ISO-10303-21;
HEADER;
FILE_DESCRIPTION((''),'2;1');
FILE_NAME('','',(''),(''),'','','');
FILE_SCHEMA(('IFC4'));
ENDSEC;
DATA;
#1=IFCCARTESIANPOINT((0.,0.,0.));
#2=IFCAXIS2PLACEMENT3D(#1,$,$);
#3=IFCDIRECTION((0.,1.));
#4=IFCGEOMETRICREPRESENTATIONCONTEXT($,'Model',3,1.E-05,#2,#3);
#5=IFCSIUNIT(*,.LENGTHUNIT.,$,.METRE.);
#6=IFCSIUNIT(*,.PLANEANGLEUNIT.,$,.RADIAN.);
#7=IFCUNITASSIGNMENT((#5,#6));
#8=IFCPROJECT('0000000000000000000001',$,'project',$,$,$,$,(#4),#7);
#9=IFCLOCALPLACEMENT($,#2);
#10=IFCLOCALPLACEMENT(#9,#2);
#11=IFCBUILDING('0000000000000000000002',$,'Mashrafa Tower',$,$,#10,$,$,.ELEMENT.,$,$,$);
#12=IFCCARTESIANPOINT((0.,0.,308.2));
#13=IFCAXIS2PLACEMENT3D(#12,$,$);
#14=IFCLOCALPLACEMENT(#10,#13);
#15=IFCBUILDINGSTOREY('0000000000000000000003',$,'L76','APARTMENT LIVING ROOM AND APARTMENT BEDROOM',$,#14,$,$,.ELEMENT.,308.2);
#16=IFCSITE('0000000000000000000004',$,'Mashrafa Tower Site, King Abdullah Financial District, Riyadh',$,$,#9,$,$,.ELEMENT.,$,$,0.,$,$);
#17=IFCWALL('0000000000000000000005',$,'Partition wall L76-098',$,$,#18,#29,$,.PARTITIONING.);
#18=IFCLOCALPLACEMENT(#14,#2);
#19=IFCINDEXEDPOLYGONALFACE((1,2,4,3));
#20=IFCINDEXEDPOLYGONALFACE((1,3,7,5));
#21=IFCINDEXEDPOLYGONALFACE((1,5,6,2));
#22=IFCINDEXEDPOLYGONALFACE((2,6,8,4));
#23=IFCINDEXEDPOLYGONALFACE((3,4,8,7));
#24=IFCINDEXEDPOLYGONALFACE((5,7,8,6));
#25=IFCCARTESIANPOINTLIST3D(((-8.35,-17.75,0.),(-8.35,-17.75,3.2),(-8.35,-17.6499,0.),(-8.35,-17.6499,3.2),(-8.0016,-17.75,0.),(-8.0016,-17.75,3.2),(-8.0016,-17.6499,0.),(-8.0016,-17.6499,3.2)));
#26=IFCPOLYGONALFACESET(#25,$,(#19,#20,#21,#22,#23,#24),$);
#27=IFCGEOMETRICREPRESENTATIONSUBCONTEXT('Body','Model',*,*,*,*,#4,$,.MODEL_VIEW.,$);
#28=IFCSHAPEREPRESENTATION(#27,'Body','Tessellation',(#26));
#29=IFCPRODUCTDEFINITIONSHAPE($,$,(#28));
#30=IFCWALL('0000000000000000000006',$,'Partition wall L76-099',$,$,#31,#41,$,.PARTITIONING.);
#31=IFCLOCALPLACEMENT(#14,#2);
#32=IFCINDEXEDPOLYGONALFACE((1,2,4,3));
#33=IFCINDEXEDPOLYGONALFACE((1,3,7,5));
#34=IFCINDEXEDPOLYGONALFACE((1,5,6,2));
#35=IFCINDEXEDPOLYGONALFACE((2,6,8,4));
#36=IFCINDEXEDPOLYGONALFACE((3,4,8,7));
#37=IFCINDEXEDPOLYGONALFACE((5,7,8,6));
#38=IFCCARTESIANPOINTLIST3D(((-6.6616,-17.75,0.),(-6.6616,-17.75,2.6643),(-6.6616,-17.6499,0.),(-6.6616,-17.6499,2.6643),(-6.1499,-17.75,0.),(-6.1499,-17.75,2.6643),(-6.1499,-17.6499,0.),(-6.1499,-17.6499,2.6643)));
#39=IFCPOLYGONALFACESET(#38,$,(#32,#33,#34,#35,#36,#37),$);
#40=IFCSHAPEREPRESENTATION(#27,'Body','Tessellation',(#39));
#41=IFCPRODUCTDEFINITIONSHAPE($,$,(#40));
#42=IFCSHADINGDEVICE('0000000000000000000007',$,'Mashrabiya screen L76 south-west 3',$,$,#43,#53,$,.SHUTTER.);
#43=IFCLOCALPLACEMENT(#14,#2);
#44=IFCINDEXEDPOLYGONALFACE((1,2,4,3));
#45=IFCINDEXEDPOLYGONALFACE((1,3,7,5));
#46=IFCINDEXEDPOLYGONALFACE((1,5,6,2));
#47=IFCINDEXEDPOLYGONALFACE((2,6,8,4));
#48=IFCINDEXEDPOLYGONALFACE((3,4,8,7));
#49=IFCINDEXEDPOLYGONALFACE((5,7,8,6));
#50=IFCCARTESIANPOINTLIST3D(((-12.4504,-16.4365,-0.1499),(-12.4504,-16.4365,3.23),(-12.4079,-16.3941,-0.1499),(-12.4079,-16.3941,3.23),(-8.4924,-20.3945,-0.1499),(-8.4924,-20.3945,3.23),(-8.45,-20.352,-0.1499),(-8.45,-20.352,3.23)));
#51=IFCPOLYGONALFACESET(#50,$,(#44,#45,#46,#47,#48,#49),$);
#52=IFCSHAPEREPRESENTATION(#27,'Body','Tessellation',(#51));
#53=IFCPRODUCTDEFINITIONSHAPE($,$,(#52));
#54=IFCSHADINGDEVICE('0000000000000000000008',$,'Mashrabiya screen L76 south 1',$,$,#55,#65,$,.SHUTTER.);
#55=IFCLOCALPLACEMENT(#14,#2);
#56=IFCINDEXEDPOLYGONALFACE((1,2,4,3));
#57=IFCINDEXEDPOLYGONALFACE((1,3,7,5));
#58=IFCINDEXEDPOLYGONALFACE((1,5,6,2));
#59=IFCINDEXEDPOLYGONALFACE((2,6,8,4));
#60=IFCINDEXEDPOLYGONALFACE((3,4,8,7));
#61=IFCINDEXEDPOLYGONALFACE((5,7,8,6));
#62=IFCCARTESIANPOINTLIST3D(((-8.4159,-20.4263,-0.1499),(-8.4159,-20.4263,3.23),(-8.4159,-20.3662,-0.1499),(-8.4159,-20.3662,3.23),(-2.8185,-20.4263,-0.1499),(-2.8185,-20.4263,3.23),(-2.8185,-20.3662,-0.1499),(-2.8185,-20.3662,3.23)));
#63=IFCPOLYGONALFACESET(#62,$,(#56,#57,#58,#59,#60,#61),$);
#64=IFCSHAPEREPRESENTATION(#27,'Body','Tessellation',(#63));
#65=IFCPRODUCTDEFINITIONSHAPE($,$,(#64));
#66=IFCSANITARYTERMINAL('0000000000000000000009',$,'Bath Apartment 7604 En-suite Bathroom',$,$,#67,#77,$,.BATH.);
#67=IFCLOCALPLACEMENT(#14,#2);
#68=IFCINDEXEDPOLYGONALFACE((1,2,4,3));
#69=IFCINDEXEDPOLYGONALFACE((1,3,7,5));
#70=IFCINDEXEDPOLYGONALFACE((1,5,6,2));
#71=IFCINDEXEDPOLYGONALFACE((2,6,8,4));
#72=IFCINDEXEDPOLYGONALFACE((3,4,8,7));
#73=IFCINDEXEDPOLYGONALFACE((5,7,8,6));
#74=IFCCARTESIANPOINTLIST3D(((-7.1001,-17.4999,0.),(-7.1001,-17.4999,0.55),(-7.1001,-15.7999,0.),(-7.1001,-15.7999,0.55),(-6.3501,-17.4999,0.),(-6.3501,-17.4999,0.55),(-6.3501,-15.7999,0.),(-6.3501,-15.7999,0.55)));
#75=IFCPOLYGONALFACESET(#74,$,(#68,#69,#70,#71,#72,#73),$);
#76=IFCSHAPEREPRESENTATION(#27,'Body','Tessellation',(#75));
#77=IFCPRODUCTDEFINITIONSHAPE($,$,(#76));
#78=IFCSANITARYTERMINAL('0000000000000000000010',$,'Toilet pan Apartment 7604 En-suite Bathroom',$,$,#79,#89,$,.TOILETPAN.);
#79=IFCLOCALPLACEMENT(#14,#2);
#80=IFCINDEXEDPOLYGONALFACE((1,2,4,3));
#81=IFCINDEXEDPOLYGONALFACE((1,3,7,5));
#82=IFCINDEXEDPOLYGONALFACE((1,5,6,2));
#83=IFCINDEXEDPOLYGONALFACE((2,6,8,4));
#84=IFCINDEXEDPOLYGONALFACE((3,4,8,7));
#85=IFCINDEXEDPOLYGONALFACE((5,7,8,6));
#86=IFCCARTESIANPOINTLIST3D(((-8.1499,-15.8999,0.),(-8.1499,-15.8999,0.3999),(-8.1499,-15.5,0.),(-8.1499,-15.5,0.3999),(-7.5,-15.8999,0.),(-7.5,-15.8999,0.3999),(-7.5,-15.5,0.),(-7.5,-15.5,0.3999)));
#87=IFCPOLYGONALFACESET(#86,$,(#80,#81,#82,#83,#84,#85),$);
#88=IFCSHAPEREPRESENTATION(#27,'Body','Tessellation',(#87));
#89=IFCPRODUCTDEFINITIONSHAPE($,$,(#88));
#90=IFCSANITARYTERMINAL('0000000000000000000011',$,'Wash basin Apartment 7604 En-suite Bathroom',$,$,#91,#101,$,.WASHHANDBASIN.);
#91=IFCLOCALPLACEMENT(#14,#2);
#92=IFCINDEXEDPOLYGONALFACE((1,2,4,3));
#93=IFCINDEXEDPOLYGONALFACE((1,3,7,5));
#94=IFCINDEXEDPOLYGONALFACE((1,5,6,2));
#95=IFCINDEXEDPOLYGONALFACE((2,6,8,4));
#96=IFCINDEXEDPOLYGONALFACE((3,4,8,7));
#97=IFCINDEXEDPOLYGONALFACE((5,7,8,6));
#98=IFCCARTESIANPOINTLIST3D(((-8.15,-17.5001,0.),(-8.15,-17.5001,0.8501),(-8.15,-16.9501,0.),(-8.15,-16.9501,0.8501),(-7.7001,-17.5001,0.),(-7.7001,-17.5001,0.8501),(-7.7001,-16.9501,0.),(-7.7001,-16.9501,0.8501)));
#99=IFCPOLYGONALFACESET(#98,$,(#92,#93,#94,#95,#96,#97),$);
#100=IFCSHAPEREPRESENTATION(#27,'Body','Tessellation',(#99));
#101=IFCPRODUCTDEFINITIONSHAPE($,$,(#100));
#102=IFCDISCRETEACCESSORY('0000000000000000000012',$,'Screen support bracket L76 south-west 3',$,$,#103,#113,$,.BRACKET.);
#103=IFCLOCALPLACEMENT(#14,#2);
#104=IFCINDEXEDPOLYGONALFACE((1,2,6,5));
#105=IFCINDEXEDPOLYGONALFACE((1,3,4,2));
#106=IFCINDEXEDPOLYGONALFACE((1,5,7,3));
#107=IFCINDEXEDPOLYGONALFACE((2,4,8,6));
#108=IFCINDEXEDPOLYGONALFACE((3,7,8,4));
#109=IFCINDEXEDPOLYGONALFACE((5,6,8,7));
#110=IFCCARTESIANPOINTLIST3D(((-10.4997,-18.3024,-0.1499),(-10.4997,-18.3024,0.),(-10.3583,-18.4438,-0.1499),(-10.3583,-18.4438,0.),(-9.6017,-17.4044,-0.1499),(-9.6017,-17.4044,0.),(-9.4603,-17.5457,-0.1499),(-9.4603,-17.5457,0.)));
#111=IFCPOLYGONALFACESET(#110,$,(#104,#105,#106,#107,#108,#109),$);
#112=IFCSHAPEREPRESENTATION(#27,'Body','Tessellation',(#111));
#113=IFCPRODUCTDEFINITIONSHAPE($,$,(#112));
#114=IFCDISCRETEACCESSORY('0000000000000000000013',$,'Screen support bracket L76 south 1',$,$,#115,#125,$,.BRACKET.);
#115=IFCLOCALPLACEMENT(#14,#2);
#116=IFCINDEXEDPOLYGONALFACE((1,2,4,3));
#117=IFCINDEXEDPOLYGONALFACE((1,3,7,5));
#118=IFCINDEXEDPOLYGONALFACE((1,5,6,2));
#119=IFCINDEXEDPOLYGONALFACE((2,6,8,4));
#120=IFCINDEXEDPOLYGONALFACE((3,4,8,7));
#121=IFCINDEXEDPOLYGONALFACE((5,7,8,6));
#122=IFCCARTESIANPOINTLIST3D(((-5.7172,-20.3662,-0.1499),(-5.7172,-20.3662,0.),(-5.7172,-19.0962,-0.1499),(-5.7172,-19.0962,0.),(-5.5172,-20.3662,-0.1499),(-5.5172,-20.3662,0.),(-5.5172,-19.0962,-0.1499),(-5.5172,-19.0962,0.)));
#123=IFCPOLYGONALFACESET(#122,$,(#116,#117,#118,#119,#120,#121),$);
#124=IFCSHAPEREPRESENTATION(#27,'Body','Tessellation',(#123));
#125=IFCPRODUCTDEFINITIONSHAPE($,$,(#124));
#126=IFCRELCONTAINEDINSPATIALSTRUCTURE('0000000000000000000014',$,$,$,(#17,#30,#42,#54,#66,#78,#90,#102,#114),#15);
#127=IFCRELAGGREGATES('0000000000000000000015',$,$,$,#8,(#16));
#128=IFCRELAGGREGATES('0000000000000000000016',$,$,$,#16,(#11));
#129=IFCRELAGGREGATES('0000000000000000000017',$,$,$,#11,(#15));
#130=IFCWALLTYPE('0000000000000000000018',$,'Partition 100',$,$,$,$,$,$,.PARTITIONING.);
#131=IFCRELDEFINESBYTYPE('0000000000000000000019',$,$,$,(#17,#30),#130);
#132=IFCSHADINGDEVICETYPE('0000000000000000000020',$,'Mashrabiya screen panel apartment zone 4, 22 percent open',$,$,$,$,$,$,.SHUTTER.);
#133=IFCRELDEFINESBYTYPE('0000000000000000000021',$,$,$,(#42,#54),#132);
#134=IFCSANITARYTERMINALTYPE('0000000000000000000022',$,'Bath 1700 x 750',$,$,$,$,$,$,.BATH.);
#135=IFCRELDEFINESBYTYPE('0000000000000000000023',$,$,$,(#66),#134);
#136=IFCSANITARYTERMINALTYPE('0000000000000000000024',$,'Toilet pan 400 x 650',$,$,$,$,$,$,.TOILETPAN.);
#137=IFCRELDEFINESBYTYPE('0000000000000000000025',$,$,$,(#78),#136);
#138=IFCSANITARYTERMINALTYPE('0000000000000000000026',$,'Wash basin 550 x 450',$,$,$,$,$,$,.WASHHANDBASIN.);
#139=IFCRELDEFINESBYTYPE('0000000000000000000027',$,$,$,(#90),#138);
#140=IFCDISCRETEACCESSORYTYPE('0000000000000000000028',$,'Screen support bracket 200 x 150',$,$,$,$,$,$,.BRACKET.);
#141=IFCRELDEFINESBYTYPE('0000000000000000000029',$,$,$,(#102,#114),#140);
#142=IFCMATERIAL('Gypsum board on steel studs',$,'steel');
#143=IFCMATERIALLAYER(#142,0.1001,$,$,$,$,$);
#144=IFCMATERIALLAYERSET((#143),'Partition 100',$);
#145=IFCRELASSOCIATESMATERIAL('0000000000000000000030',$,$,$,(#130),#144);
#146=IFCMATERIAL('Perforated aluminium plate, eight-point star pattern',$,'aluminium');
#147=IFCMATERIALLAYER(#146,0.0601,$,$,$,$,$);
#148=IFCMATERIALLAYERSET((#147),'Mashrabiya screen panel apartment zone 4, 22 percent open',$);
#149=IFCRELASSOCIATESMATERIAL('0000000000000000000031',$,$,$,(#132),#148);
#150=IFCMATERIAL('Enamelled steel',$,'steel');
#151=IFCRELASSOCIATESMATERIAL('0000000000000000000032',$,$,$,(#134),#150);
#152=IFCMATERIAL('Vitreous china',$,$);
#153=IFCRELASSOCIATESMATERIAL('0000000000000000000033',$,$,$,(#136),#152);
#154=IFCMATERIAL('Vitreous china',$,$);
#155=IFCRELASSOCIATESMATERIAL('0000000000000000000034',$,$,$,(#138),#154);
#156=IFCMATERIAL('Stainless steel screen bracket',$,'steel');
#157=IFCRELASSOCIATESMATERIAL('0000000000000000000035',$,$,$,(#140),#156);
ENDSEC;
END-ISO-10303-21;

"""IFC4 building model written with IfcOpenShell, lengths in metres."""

from ifc_helpers import new_model, si_unit, direction, frame, frame_2d, origin, origin_2d, place, context, subcontext, project, spatial, rectangle, extrude, source, transform, mapped, material, layer, layer_set, type_object, type_shapes, element, save


model = new_model("IFC4")

# Units and contexts
model_context = context("Model", 3, precision=1e-05, world=origin(), true_north=direction((0.0, 1.0)))
body_context = subcontext(model_context, "Body", "Model", "MODEL_VIEW")
ifc_project = project(units=[si_unit("LENGTHUNIT", "METRE"), si_unit("PLANEANGLEUNIT", "RADIAN")], contexts=[model_context])

# Site, building, storey
site_placement = place(None, origin())
site = spatial("IfcSite", under=ifc_project, at=site_placement, Name="Mashrafa Tower Site, King Abdullah Financial District, Riyadh", CompositionType="ELEMENT", RefElevation=0.0)
building_placement = place(site_placement, origin())
building = spatial("IfcBuilding", under=site, at=building_placement, Name="Mashrafa Tower", CompositionType="ELEMENT")
storey_placement = place(building_placement, frame((0.0, 0.0, 308.2)))
storey = spatial("IfcBuildingStorey", under=building, at=storey_placement, Name="L76", Description="APARTMENT LIVING ROOM AND APARTMENT BEDROOM", CompositionType="ELEMENT", Elevation=308.2)

# Shared definitions
ifc_material_1 = material(Name="Gypsum board on steel studs", Category="steel")
ifc_layer_1 = layer(ifc_material_1, 0.1001)
ifc_layer_set_1 = layer_set([ifc_layer_1], Name="Partition 100")
wall_type = type_object("IfcWallType", Name="Partition 100", PredefinedType="PARTITIONING", material=ifc_layer_set_1)

# Walls
wall_1_placement = place(storey_placement, frame((-8.3501, -17.7, 0.0), z_axis=(0.0, 0.0, 1.0), x_axis=(1.0, 0.0, 0.0)))
element("IfcWall", 1, at=wall_1_placement, inside=storey, type_object=wall_type, Name="Partition wall L76-098", PredefinedType="PARTITIONING", context=body_context, shape_type="SweptSolid", body=[
    extrude(rectangle(XDim=0.3484, YDim=0.1001, at=frame_2d((0.1743, 0.0))), origin(), (0.0, 0.0, 1.0), 3.2),
])
wall_2_placement = place(storey_placement, frame((-6.6616, -17.7, 0.0), z_axis=(0.0, 0.0, 1.0), x_axis=(1.0, 0.0, 0.0)))
element("IfcWall", 2, at=wall_2_placement, inside=storey, type_object=wall_type, Name="Partition wall L76-099", PredefinedType="PARTITIONING", context=body_context, shape_type="SweptSolid", body=[
    extrude(rectangle(XDim=0.5117, YDim=0.1001, at=frame_2d((0.2559, 0.0))), origin(), (0.0, 0.0, 1.0), 2.6643),
])

# Shading devices
ifc_material_2 = material(Name="Perforated aluminium plate, eight-point star pattern", Category="aluminium")
ifc_layer_2 = layer(ifc_material_2, 0.0601)
ifc_layer_set_2 = layer_set([ifc_layer_2], Name="Mashrabiya screen panel apartment zone 4, 22 percent open")
shading_device_type = type_object("IfcShadingDeviceType", Name="Mashrabiya screen panel apartment zone 4, 22 percent open", PredefinedType="SHUTTER", material=ifc_layer_set_2)
shared_shape_1 = source(origin(), body_context, "Body", "SweptSolid", [
    extrude(rectangle(XDim=5.5974, YDim=0.0601, at=origin_2d()), origin(), (0.0, 0.0, 1.0), 3.3799),
])
type_shapes(shading_device_type, [shared_shape_1])
for number, where, z_axis, x_axis, name in (
    (3, (-10.4502, -18.3943, -0.1499), (0.0, 0.0, 1.0), (0.707107, -0.707107, 0.0), "Mashrabiya screen L76 south-west 3"),
    (4, (-5.6172, -20.3962, -0.1499), (0.0, 0.0, 1.0), (1.0, 0.0, 0.0), "Mashrabiya screen L76 south 1"),
):
    element("IfcShadingDevice", number, at=place(storey_placement, frame(where, z_axis=z_axis, x_axis=x_axis)), inside=storey, type_object=shading_device_type, Name=name, PredefinedType="SHUTTER", context=body_context, shape_type="MappedRepresentation", body=[
        mapped(shared_shape_1, transform((0.0, 0.0, 0.0))),
    ])

# Sanitary terminals
ifc_material_3 = material(Name="Enamelled steel", Category="steel")
sanitary_terminal_type_1 = type_object("IfcSanitaryTerminalType", Name="Bath 1700 x 750", PredefinedType="BATH", material=ifc_material_3)
sanitary_terminal_1_placement = place(storey_placement, frame((-6.7251, -16.6499, 0.0), z_axis=(0.0, 0.0, 1.0), x_axis=(0.0, 1.0, 0.0)))
element("IfcSanitaryTerminal", 5, at=sanitary_terminal_1_placement, inside=storey, type_object=sanitary_terminal_type_1, Name="Bath Apartment 7604 En-suite Bathroom", PredefinedType="BATH", context=body_context, shape_type="SweptSolid", body=[
    extrude(rectangle(XDim=1.7, YDim=0.75, at=origin_2d()), origin(), (0.0, 0.0, 1.0), 0.55),
])
ifc_material_4 = material(Name="Vitreous china")
sanitary_terminal_type_2 = type_object("IfcSanitaryTerminalType", Name="Toilet pan 400 x 650", PredefinedType="TOILETPAN", material=ifc_material_4)
sanitary_terminal_2_placement = place(storey_placement, frame((-7.825, -15.7, 0.0), z_axis=(0.0, 0.0, 1.0), x_axis=(0.0, -1.0, 0.0)))
element("IfcSanitaryTerminal", 6, at=sanitary_terminal_2_placement, inside=storey, type_object=sanitary_terminal_type_2, Name="Toilet pan Apartment 7604 En-suite Bathroom", PredefinedType="TOILETPAN", context=body_context, shape_type="SweptSolid", body=[
    extrude(rectangle(XDim=0.3999, YDim=0.6499, at=origin_2d()), origin(), (0.0, 0.0, 1.0), 0.3999),
])
ifc_material_5 = material(Name="Vitreous china")
sanitary_terminal_type_3 = type_object("IfcSanitaryTerminalType", Name="Wash basin 550 x 450", PredefinedType="WASHHANDBASIN", material=ifc_material_5)
sanitary_terminal_3_placement = place(storey_placement, frame((-7.925, -17.2251, 0.0), z_axis=(0.0, 0.0, 1.0), x_axis=(0.0, -1.0, 0.0)))
element("IfcSanitaryTerminal", 7, at=sanitary_terminal_3_placement, inside=storey, type_object=sanitary_terminal_type_3, Name="Wash basin Apartment 7604 En-suite Bathroom", PredefinedType="WASHHANDBASIN", context=body_context, shape_type="SweptSolid", body=[
    extrude(rectangle(XDim=0.55, YDim=0.45, at=origin_2d()), origin(), (0.0, 0.0, 1.0), 0.8501),
])

# Discrete accessories
ifc_material_6 = material(Name="Stainless steel screen bracket", Category="steel")
discrete_accessory_type = type_object("IfcDiscreteAccessoryType", Name="Screen support bracket 200 x 150", PredefinedType="BRACKET", material=ifc_material_6)
shared_shape_2 = source(origin(), body_context, "Body", "SweptSolid", [
    extrude(rectangle(XDim=0.2, YDim=1.27, at=origin_2d()), origin(), (0.0, 0.0, 1.0), 0.1499),
])
type_shapes(discrete_accessory_type, [shared_shape_2])
for number, where, z_axis, x_axis, name in (
    (8, (-9.98, -17.9241, -0.1499), (0.0, 0.0, 1.0), (0.707107, -0.707107, 0.0), "Screen support bracket L76 south-west 3"),
    (9, (-5.6172, -19.7312, -0.1499), (0.0, 0.0, 1.0), (1.0, 0.0, 0.0), "Screen support bracket L76 south 1"),
):
    element("IfcDiscreteAccessory", number, at=place(storey_placement, frame(where, z_axis=z_axis, x_axis=x_axis)), inside=storey, type_object=discrete_accessory_type, Name=name, PredefinedType="BRACKET", context=body_context, shape_type="MappedRepresentation", body=[
        mapped(shared_shape_2, transform((0.0, 0.0, 0.0))),
    ])

save(model, "model.ifc")
